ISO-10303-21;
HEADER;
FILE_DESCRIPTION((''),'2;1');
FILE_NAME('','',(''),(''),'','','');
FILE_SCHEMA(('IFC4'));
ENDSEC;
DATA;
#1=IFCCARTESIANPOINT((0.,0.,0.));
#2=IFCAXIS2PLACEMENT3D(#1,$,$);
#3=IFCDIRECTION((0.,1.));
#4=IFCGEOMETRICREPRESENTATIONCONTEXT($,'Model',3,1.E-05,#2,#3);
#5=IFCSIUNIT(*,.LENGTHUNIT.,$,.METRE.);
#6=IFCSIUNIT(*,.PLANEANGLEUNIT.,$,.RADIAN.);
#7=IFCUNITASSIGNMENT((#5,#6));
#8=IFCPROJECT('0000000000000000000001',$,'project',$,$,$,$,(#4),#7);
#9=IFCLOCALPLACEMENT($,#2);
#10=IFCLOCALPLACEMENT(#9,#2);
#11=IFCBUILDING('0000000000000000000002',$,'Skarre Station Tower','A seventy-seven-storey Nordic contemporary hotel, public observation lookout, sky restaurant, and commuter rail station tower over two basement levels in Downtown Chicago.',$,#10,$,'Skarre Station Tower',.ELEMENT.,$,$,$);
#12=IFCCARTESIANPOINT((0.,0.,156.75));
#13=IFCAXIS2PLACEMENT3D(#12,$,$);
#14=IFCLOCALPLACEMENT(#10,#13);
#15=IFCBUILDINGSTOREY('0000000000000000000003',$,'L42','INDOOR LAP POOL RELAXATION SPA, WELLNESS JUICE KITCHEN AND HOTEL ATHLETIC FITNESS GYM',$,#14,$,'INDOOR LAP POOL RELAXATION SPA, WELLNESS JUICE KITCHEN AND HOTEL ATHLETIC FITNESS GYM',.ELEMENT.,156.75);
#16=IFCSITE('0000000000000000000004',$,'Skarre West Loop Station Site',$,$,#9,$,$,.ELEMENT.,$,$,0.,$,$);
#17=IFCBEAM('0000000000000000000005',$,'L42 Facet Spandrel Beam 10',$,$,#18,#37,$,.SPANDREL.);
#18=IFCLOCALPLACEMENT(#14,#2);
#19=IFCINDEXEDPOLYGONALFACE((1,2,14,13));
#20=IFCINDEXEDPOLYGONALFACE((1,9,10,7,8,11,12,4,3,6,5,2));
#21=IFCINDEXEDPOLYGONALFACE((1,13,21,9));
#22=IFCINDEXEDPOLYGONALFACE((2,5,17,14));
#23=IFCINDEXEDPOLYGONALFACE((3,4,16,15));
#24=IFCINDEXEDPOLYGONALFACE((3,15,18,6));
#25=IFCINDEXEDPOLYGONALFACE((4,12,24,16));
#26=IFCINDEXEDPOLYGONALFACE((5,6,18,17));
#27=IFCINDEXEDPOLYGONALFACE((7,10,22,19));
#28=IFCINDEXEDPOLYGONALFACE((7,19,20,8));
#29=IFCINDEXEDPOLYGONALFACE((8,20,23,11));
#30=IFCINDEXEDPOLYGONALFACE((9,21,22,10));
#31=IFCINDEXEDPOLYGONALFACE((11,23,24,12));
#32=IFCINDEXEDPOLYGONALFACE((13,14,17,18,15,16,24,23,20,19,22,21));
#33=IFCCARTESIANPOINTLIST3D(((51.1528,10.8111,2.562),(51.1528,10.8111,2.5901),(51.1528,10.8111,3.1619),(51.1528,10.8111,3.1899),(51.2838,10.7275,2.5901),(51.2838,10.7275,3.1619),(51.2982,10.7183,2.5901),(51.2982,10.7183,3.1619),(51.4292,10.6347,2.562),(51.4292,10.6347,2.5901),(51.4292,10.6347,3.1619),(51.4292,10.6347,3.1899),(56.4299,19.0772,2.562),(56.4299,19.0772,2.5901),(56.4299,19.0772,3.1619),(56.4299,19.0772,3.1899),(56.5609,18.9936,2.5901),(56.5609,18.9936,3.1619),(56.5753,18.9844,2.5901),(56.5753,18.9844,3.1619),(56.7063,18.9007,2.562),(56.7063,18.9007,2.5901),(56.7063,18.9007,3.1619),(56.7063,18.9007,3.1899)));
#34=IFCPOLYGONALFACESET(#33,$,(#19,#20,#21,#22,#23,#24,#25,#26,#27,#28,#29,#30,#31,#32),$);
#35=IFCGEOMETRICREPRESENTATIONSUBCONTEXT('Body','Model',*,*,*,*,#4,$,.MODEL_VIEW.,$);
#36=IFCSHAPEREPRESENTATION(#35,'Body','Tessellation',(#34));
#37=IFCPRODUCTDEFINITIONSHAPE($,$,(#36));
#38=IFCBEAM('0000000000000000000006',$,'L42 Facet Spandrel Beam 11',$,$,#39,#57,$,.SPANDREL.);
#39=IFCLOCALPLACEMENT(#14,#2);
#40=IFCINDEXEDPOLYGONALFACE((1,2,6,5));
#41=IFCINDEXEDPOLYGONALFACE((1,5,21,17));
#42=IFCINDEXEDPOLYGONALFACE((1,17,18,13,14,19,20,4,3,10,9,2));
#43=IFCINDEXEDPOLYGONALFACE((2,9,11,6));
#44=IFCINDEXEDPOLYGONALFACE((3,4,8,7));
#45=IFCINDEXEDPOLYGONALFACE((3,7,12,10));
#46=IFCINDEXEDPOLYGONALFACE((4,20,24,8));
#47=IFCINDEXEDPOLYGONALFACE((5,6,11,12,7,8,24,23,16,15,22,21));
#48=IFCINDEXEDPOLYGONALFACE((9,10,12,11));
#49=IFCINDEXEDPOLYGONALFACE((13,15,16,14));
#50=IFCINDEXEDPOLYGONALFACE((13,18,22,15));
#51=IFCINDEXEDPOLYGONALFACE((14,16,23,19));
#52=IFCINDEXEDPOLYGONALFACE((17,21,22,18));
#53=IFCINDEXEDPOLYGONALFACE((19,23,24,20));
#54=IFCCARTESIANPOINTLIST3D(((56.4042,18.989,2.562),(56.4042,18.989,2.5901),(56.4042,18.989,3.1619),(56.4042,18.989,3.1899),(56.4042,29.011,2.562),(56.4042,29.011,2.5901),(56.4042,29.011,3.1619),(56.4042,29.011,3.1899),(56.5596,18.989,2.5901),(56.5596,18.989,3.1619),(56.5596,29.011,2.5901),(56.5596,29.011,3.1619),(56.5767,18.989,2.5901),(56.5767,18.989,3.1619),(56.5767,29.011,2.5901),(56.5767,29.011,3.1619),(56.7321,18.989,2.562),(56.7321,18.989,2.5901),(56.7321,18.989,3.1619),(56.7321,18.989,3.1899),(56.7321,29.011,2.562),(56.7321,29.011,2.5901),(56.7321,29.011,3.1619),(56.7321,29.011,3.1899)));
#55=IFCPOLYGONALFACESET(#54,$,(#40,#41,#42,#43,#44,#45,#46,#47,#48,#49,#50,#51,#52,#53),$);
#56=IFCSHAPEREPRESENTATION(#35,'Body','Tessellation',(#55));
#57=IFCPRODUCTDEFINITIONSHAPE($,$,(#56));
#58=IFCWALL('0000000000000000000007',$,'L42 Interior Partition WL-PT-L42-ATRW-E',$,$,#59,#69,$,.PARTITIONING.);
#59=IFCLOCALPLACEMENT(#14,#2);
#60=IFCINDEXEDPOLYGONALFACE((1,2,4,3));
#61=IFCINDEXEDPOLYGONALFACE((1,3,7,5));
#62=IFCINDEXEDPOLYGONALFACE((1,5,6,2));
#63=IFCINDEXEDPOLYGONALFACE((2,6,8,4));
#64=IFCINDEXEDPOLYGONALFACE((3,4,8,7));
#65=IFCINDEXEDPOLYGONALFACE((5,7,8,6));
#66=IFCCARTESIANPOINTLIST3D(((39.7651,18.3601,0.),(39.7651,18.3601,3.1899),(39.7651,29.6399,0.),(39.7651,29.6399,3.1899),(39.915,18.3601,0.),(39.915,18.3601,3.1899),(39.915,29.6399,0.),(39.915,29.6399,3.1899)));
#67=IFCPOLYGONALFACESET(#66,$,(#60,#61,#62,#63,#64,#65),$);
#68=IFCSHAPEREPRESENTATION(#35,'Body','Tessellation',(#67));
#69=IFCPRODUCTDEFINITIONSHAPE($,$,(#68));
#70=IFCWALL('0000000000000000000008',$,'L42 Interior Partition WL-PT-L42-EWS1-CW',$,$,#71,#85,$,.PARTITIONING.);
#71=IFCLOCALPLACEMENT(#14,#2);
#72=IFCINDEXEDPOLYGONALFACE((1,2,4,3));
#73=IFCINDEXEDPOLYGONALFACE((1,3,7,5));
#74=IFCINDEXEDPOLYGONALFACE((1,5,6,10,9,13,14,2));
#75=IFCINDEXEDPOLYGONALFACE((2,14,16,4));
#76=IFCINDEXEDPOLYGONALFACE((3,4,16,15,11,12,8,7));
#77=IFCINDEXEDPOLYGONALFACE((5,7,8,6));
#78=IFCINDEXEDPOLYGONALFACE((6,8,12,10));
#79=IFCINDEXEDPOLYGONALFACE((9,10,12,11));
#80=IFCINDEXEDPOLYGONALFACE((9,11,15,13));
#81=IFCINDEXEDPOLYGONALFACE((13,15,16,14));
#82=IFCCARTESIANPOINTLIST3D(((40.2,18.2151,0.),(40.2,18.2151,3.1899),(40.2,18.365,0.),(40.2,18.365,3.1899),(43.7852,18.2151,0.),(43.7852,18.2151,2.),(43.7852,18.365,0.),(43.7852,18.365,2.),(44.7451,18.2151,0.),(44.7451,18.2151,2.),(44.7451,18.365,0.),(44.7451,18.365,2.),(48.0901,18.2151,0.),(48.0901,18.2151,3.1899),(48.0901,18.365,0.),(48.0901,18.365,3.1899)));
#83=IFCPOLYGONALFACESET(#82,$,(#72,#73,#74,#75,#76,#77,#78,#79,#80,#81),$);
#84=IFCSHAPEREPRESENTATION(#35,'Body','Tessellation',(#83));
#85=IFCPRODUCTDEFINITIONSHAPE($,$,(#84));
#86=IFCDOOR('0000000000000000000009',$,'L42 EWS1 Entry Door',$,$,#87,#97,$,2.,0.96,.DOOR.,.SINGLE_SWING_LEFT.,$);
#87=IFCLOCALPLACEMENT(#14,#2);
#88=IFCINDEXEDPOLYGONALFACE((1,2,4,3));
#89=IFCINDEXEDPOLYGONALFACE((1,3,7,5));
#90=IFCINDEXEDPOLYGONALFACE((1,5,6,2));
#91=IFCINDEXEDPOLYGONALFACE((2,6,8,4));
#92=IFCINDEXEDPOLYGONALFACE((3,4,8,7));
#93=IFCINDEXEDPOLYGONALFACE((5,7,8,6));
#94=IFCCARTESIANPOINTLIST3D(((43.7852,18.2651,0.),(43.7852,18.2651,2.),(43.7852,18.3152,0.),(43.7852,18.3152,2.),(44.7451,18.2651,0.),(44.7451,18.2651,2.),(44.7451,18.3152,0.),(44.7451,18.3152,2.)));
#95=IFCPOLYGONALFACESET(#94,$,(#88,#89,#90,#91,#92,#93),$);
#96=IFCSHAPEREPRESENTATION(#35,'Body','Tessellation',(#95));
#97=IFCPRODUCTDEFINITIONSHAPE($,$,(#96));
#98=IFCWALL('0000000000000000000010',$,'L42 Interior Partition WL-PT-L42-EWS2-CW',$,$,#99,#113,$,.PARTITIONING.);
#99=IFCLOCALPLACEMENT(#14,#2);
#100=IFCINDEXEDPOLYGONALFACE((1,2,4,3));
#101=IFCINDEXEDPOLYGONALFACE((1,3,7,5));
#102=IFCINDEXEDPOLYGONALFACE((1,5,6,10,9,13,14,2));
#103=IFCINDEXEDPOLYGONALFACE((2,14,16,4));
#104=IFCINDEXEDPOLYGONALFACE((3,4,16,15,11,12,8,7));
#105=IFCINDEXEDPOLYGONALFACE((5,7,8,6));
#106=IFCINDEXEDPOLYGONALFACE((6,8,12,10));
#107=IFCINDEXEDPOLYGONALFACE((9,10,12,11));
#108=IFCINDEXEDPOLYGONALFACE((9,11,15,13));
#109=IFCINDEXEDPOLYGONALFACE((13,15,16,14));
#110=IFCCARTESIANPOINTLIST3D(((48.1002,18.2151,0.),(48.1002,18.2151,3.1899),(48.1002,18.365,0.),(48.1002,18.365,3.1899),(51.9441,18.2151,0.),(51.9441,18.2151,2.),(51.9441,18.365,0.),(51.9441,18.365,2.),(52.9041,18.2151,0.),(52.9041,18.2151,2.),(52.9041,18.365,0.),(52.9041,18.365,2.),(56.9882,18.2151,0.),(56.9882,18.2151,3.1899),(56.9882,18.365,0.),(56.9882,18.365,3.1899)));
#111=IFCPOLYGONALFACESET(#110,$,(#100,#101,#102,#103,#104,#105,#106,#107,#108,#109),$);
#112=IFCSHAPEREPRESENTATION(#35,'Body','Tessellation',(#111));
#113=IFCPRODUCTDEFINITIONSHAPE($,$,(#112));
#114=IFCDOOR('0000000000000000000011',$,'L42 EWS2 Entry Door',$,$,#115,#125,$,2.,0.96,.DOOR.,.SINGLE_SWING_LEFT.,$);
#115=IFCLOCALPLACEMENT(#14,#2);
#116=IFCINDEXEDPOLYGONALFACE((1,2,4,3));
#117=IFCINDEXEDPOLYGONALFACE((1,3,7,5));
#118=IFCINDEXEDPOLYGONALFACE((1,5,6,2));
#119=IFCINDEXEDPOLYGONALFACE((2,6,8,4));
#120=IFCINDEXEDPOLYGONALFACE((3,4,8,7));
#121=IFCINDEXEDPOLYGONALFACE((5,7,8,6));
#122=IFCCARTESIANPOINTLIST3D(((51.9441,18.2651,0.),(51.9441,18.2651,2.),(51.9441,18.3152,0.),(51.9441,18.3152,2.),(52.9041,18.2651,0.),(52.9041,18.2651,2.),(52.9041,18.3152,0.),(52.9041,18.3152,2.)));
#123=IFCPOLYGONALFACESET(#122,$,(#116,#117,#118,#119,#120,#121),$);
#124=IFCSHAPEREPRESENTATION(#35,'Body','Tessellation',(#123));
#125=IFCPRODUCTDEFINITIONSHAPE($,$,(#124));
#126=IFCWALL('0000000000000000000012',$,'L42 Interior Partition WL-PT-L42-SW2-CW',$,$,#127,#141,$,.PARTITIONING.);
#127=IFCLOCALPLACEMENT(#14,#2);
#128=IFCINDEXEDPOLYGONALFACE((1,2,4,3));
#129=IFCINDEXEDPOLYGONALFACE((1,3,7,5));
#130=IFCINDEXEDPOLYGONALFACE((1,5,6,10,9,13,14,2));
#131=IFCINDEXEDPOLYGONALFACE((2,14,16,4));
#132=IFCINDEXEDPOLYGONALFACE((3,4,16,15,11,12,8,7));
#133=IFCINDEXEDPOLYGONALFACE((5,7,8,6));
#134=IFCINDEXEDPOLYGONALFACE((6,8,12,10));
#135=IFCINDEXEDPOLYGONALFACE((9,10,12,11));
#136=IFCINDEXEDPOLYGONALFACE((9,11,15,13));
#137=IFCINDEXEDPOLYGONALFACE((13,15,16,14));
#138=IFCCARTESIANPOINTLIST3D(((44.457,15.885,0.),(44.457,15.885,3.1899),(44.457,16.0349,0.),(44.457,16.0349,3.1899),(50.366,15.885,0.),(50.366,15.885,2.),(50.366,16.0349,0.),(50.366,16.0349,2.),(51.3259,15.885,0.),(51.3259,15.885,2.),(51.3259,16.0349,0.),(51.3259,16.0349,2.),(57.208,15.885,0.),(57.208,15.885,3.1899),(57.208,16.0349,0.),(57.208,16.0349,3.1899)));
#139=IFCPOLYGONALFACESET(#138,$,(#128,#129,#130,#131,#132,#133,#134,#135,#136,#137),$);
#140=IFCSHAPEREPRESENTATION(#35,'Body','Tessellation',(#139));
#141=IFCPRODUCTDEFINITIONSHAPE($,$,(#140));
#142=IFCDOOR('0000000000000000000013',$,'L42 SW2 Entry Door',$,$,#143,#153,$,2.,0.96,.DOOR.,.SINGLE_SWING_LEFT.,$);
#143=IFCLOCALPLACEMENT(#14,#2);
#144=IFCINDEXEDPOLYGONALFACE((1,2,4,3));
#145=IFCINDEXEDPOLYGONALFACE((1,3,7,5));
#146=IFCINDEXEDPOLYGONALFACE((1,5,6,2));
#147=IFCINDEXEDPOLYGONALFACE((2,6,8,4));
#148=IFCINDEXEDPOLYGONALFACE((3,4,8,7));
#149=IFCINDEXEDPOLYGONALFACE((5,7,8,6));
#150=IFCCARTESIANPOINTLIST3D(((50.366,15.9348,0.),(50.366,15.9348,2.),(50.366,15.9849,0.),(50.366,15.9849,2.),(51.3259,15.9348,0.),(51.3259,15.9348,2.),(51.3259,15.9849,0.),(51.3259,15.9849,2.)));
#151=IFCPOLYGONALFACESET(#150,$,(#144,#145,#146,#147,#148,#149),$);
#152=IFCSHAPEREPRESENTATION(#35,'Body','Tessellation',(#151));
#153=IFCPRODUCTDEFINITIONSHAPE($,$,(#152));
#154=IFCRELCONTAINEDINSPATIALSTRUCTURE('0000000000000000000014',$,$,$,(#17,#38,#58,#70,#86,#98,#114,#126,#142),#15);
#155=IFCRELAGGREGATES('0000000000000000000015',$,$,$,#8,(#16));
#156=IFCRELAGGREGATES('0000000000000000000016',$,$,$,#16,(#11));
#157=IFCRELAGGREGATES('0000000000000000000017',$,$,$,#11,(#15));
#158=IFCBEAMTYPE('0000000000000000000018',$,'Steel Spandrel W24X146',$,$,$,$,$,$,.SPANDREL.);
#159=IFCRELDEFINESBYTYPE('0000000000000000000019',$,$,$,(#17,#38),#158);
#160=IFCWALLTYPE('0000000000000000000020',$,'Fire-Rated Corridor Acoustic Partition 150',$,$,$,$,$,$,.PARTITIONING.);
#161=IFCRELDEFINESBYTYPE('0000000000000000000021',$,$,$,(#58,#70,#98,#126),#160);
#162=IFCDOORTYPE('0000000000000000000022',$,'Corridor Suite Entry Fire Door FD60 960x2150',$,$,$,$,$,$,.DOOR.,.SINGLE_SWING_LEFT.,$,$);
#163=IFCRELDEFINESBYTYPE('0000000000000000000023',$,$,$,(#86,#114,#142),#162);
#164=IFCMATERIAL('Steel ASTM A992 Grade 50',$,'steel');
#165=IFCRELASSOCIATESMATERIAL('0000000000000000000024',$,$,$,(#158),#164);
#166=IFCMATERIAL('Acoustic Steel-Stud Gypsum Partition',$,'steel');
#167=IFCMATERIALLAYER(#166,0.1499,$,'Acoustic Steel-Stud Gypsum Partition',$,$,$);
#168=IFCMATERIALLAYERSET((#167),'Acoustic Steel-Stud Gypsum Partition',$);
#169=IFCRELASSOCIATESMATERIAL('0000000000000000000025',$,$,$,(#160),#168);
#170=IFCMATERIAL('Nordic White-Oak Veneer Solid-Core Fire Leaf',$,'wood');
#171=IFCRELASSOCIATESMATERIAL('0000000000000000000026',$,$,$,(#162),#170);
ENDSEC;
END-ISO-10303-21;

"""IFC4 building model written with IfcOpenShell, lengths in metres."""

from ifc_helpers import new_model, si_unit, direction, frame, frame_2d, origin, origin_2d, place, context, subcontext, project, spatial, rectangle, i_section, extrude, material, layer, layer_set, material_profile, profile_set, type_object, element, fill, save


model = new_model("IFC4")

# Units and contexts
model_context = context("Model", 3, precision=1e-05, world=origin(), true_north=direction((0.0, 1.0)))
body_context = subcontext(model_context, "Body", "Model", "MODEL_VIEW")
ifc_project = project(units=[si_unit("LENGTHUNIT", "METRE"), si_unit("PLANEANGLEUNIT", "RADIAN")], contexts=[model_context])

# Site, building, storey
site_placement = place(None, origin())
site = spatial("IfcSite", under=ifc_project, at=site_placement, Name="Skarre West Loop Station Site", CompositionType="ELEMENT", RefElevation=0.0)
building_placement = place(site_placement, origin())
building = spatial("IfcBuilding", under=site, at=building_placement, Name="Skarre Station Tower", Description="A seventy-seven-storey Nordic contemporary hotel, public observation lookout, sky restaurant, and commuter rail station tower over two basement levels in Downtown Chicago.", LongName="Skarre Station Tower", CompositionType="ELEMENT")
storey_placement = place(building_placement, frame((0.0, 0.0, 156.75)))
storey = spatial("IfcBuildingStorey", under=building, at=storey_placement, Name="L42", Description="INDOOR LAP POOL RELAXATION SPA, WELLNESS JUICE KITCHEN AND HOTEL ATHLETIC FITNESS GYM", LongName="INDOOR LAP POOL RELAXATION SPA, WELLNESS JUICE KITCHEN AND HOTEL ATHLETIC FITNESS GYM", CompositionType="ELEMENT", Elevation=156.75)

# Beams
ifc_material_1 = material(Name="Steel ASTM A992 Grade 50", Category="steel")
ifc_material_profile_1 = material_profile(ifc_material_1, i_section(OverallWidth=0.3279, OverallDepth=0.6279, WebThickness=0.0171, FlangeThickness=0.0281, at=origin_2d()), Name="Steel ASTM A992 Grade 50")
ifc_profile_set_1 = profile_set([ifc_material_profile_1], Name="Steel ASTM A992 Grade 50")
beam_type_1 = type_object("IfcBeamType", Name="Steel Spandrel W24X146", PredefinedType="SPANDREL", material=ifc_profile_set_1)
beam_1_placement = place(storey_placement, frame((51.291, 10.7229, 2.876), z_axis=(0.538098, 0.842883, 0.0), x_axis=(-0.842883, 0.538098, 0.0)))
element("IfcBeam", 1, at=beam_1_placement, inside=storey, type_object=beam_type_1, Name="L42 Facet Spandrel Beam 10", PredefinedType="SPANDREL", context=body_context, shape_type="SweptSolid", body=[
    extrude(i_section(OverallWidth=0.3279, OverallDepth=0.6279, WebThickness=0.0171, FlangeThickness=0.0281, at=origin_2d()), origin(), (0.0, 0.0, 1.0), 9.8069),
])
beam_2_placement = place(storey_placement, frame((56.5681, 18.989, 2.876), z_axis=(0.0, 1.0, 0.0), x_axis=(-1.0, 0.0, 0.0)))
element("IfcBeam", 2, at=beam_2_placement, inside=storey, type_object=beam_type_1, Name="L42 Facet Spandrel Beam 11", PredefinedType="SPANDREL", context=body_context, shape_type="SweptSolid", body=[
    extrude(i_section(OverallWidth=0.3279, OverallDepth=0.6279, WebThickness=0.0171, FlangeThickness=0.0281, at=origin_2d()), origin(), (0.0, 0.0, 1.0), 10.022),
])

# Wall
ifc_material_2 = material(Name="Acoustic Steel-Stud Gypsum Partition", Category="steel")
ifc_layer_1 = layer(ifc_material_2, 0.1499, Name="Acoustic Steel-Stud Gypsum Partition")
ifc_layer_set_1 = layer_set([ifc_layer_1], Name="Acoustic Steel-Stud Gypsum Partition")
wall_type_1 = type_object("IfcWallType", Name="Fire-Rated Corridor Acoustic Partition 150", PredefinedType="PARTITIONING", material=ifc_layer_set_1)
wall_1_placement = place(storey_placement, frame((39.8401, 18.3601, 0.0), z_axis=(0.0, 0.0, 1.0), x_axis=(0.0, 1.0, 0.0)))
element("IfcWall", 3, at=wall_1_placement, inside=storey, type_object=wall_type_1, Name="L42 Interior Partition WL-PT-L42-ATRW-E", PredefinedType="PARTITIONING", context=body_context, shape_type="SweptSolid", body=[
    extrude(rectangle(XDim=11.2798, YDim=0.1499, at=frame_2d((5.6399, 0.0))), origin(), (0.0, 0.0, 1.0), 3.1899),
])

# Walls, openings, doors
wall_2_placement = place(storey_placement, frame((48.0901, 18.29, 0.0), z_axis=(0.0, 0.0, 1.0), x_axis=(-1.0, 0.0, 0.0)))
wall_2 = element("IfcWall", 4, at=wall_2_placement, inside=storey, type_object=wall_type_1, Name="L42 Interior Partition WL-PT-L42-EWS1-CW", PredefinedType="PARTITIONING", context=body_context, shape_type="SweptSolid", body=[
    extrude(rectangle(XDim=7.8901, YDim=0.1499, at=frame_2d((3.9451, 0.0))), origin(), (0.0, 0.0, 1.0), 3.1899),
])
opening_1_placement = place(wall_2_placement, frame((3.345, 0.0, 0.0)))
opening_1 = element("IfcOpeningElement", 5, at=opening_1_placement, cuts=wall_2, PredefinedType="OPENING", context=body_context, shape_type="SweptSolid", body=[
    extrude(rectangle(XDim=0.96, YDim=2.0, at=frame_2d((0.48, 1.0))), frame((0.0, 0.085, 0.0), z_axis=(0.0, -1.0, 0.0), x_axis=(1.0, 0.0, 0.0)), (0.0, 0.0, 1.0), 0.1699),
])
ifc_material_3 = material(Name="Nordic White-Oak Veneer Solid-Core Fire Leaf", Category="wood")
door_type = type_object("IfcDoorType", Name="Corridor Suite Entry Fire Door FD60 960x2150", OperationType="SINGLE_SWING_LEFT", PredefinedType="DOOR", material=ifc_material_3)
door_1_placement = place(opening_1_placement, origin())
door_1 = element("IfcDoor", 6, at=door_1_placement, inside=storey, type_object=door_type, Name="L42 EWS1 Entry Door", OperationType="SINGLE_SWING_LEFT", OverallHeight=2.0, OverallWidth=0.96, PredefinedType="DOOR", context=body_context, shape_type="SweptSolid", body=[
    extrude(rectangle(XDim=0.96, YDim=2.0, at=frame_2d((0.48, 1.0))), frame((0.0, 0.0249, 0.0), z_axis=(0.0, -1.0, 0.0), x_axis=(1.0, 0.0, 0.0)), (0.0, 0.0, 1.0), 0.05),
])
fill(opening_1, door_1)
wall_3_placement = place(storey_placement, frame((56.988, 18.29, 0.0), z_axis=(0.0, 0.0, 1.0), x_axis=(-1.0, 0.0, 0.0)))
wall_3 = element("IfcWall", 7, at=wall_3_placement, inside=storey, type_object=wall_type_1, Name="L42 Interior Partition WL-PT-L42-EWS2-CW", PredefinedType="PARTITIONING", context=body_context, shape_type="SweptSolid", body=[
    extrude(rectangle(XDim=8.8879, YDim=0.1499, at=frame_2d((4.4438, 0.0))), origin(), (0.0, 0.0, 1.0), 3.1899),
])
opening_2_placement = place(wall_3_placement, frame((4.084, 0.0, 0.0)))
opening_2 = element("IfcOpeningElement", 8, at=opening_2_placement, cuts=wall_3, PredefinedType="OPENING", context=body_context, shape_type="SweptSolid", body=[
    extrude(rectangle(XDim=0.96, YDim=2.0, at=frame_2d((0.48, 1.0))), frame((0.0, 0.085, 0.0), z_axis=(0.0, -1.0, 0.0), x_axis=(1.0, 0.0, 0.0)), (0.0, 0.0, 1.0), 0.1699),
])
door_2_placement = place(opening_2_placement, origin())
door_2 = element("IfcDoor", 9, at=door_2_placement, inside=storey, type_object=door_type, Name="L42 EWS2 Entry Door", OperationType="SINGLE_SWING_LEFT", OverallHeight=2.0, OverallWidth=0.96, PredefinedType="DOOR", context=body_context, shape_type="SweptSolid", body=[
    extrude(rectangle(XDim=0.96, YDim=2.0, at=frame_2d((0.48, 1.0))), frame((0.0, 0.0249, 0.0), z_axis=(0.0, -1.0, 0.0), x_axis=(1.0, 0.0, 0.0)), (0.0, 0.0, 1.0), 0.05),
])
fill(opening_2, door_2)
wall_4_placement = place(storey_placement, frame((44.457, 15.96, 0.0), z_axis=(0.0, 0.0, 1.0), x_axis=(1.0, 0.0, 0.0)))
wall_4 = element("IfcWall", 10, at=wall_4_placement, inside=storey, type_object=wall_type_1, Name="L42 Interior Partition WL-PT-L42-SW2-CW", PredefinedType="PARTITIONING", context=body_context, shape_type="SweptSolid", body=[
    extrude(rectangle(XDim=12.751, YDim=0.1499, at=frame_2d((6.3755, 0.0))), origin(), (0.0, 0.0, 1.0), 3.1899),
])
opening_3_placement = place(wall_4_placement, frame((5.9089, 0.0, 0.0)))
opening_3 = element("IfcOpeningElement", 11, at=opening_3_placement, cuts=wall_4, PredefinedType="OPENING", context=body_context, shape_type="SweptSolid", body=[
    extrude(rectangle(XDim=0.96, YDim=2.0, at=frame_2d((0.48, 1.0))), frame((0.0, 0.085, 0.0), z_axis=(0.0, -1.0, 0.0), x_axis=(1.0, 0.0, 0.0)), (0.0, 0.0, 1.0), 0.1699),
])
door_3_placement = place(opening_3_placement, origin())
door_3 = element("IfcDoor", 12, at=door_3_placement, inside=storey, type_object=door_type, Name="L42 SW2 Entry Door", OperationType="SINGLE_SWING_LEFT", OverallHeight=2.0, OverallWidth=0.96, PredefinedType="DOOR", context=body_context, shape_type="SweptSolid", body=[
    extrude(rectangle(XDim=0.96, YDim=2.0, at=frame_2d((0.48, 1.0))), frame((0.0, 0.0249, 0.0), z_axis=(0.0, -1.0, 0.0), x_axis=(1.0, 0.0, 0.0)), (0.0, 0.0, 1.0), 0.05),
])
fill(opening_3, door_3)

save(model, "model.ifc")
